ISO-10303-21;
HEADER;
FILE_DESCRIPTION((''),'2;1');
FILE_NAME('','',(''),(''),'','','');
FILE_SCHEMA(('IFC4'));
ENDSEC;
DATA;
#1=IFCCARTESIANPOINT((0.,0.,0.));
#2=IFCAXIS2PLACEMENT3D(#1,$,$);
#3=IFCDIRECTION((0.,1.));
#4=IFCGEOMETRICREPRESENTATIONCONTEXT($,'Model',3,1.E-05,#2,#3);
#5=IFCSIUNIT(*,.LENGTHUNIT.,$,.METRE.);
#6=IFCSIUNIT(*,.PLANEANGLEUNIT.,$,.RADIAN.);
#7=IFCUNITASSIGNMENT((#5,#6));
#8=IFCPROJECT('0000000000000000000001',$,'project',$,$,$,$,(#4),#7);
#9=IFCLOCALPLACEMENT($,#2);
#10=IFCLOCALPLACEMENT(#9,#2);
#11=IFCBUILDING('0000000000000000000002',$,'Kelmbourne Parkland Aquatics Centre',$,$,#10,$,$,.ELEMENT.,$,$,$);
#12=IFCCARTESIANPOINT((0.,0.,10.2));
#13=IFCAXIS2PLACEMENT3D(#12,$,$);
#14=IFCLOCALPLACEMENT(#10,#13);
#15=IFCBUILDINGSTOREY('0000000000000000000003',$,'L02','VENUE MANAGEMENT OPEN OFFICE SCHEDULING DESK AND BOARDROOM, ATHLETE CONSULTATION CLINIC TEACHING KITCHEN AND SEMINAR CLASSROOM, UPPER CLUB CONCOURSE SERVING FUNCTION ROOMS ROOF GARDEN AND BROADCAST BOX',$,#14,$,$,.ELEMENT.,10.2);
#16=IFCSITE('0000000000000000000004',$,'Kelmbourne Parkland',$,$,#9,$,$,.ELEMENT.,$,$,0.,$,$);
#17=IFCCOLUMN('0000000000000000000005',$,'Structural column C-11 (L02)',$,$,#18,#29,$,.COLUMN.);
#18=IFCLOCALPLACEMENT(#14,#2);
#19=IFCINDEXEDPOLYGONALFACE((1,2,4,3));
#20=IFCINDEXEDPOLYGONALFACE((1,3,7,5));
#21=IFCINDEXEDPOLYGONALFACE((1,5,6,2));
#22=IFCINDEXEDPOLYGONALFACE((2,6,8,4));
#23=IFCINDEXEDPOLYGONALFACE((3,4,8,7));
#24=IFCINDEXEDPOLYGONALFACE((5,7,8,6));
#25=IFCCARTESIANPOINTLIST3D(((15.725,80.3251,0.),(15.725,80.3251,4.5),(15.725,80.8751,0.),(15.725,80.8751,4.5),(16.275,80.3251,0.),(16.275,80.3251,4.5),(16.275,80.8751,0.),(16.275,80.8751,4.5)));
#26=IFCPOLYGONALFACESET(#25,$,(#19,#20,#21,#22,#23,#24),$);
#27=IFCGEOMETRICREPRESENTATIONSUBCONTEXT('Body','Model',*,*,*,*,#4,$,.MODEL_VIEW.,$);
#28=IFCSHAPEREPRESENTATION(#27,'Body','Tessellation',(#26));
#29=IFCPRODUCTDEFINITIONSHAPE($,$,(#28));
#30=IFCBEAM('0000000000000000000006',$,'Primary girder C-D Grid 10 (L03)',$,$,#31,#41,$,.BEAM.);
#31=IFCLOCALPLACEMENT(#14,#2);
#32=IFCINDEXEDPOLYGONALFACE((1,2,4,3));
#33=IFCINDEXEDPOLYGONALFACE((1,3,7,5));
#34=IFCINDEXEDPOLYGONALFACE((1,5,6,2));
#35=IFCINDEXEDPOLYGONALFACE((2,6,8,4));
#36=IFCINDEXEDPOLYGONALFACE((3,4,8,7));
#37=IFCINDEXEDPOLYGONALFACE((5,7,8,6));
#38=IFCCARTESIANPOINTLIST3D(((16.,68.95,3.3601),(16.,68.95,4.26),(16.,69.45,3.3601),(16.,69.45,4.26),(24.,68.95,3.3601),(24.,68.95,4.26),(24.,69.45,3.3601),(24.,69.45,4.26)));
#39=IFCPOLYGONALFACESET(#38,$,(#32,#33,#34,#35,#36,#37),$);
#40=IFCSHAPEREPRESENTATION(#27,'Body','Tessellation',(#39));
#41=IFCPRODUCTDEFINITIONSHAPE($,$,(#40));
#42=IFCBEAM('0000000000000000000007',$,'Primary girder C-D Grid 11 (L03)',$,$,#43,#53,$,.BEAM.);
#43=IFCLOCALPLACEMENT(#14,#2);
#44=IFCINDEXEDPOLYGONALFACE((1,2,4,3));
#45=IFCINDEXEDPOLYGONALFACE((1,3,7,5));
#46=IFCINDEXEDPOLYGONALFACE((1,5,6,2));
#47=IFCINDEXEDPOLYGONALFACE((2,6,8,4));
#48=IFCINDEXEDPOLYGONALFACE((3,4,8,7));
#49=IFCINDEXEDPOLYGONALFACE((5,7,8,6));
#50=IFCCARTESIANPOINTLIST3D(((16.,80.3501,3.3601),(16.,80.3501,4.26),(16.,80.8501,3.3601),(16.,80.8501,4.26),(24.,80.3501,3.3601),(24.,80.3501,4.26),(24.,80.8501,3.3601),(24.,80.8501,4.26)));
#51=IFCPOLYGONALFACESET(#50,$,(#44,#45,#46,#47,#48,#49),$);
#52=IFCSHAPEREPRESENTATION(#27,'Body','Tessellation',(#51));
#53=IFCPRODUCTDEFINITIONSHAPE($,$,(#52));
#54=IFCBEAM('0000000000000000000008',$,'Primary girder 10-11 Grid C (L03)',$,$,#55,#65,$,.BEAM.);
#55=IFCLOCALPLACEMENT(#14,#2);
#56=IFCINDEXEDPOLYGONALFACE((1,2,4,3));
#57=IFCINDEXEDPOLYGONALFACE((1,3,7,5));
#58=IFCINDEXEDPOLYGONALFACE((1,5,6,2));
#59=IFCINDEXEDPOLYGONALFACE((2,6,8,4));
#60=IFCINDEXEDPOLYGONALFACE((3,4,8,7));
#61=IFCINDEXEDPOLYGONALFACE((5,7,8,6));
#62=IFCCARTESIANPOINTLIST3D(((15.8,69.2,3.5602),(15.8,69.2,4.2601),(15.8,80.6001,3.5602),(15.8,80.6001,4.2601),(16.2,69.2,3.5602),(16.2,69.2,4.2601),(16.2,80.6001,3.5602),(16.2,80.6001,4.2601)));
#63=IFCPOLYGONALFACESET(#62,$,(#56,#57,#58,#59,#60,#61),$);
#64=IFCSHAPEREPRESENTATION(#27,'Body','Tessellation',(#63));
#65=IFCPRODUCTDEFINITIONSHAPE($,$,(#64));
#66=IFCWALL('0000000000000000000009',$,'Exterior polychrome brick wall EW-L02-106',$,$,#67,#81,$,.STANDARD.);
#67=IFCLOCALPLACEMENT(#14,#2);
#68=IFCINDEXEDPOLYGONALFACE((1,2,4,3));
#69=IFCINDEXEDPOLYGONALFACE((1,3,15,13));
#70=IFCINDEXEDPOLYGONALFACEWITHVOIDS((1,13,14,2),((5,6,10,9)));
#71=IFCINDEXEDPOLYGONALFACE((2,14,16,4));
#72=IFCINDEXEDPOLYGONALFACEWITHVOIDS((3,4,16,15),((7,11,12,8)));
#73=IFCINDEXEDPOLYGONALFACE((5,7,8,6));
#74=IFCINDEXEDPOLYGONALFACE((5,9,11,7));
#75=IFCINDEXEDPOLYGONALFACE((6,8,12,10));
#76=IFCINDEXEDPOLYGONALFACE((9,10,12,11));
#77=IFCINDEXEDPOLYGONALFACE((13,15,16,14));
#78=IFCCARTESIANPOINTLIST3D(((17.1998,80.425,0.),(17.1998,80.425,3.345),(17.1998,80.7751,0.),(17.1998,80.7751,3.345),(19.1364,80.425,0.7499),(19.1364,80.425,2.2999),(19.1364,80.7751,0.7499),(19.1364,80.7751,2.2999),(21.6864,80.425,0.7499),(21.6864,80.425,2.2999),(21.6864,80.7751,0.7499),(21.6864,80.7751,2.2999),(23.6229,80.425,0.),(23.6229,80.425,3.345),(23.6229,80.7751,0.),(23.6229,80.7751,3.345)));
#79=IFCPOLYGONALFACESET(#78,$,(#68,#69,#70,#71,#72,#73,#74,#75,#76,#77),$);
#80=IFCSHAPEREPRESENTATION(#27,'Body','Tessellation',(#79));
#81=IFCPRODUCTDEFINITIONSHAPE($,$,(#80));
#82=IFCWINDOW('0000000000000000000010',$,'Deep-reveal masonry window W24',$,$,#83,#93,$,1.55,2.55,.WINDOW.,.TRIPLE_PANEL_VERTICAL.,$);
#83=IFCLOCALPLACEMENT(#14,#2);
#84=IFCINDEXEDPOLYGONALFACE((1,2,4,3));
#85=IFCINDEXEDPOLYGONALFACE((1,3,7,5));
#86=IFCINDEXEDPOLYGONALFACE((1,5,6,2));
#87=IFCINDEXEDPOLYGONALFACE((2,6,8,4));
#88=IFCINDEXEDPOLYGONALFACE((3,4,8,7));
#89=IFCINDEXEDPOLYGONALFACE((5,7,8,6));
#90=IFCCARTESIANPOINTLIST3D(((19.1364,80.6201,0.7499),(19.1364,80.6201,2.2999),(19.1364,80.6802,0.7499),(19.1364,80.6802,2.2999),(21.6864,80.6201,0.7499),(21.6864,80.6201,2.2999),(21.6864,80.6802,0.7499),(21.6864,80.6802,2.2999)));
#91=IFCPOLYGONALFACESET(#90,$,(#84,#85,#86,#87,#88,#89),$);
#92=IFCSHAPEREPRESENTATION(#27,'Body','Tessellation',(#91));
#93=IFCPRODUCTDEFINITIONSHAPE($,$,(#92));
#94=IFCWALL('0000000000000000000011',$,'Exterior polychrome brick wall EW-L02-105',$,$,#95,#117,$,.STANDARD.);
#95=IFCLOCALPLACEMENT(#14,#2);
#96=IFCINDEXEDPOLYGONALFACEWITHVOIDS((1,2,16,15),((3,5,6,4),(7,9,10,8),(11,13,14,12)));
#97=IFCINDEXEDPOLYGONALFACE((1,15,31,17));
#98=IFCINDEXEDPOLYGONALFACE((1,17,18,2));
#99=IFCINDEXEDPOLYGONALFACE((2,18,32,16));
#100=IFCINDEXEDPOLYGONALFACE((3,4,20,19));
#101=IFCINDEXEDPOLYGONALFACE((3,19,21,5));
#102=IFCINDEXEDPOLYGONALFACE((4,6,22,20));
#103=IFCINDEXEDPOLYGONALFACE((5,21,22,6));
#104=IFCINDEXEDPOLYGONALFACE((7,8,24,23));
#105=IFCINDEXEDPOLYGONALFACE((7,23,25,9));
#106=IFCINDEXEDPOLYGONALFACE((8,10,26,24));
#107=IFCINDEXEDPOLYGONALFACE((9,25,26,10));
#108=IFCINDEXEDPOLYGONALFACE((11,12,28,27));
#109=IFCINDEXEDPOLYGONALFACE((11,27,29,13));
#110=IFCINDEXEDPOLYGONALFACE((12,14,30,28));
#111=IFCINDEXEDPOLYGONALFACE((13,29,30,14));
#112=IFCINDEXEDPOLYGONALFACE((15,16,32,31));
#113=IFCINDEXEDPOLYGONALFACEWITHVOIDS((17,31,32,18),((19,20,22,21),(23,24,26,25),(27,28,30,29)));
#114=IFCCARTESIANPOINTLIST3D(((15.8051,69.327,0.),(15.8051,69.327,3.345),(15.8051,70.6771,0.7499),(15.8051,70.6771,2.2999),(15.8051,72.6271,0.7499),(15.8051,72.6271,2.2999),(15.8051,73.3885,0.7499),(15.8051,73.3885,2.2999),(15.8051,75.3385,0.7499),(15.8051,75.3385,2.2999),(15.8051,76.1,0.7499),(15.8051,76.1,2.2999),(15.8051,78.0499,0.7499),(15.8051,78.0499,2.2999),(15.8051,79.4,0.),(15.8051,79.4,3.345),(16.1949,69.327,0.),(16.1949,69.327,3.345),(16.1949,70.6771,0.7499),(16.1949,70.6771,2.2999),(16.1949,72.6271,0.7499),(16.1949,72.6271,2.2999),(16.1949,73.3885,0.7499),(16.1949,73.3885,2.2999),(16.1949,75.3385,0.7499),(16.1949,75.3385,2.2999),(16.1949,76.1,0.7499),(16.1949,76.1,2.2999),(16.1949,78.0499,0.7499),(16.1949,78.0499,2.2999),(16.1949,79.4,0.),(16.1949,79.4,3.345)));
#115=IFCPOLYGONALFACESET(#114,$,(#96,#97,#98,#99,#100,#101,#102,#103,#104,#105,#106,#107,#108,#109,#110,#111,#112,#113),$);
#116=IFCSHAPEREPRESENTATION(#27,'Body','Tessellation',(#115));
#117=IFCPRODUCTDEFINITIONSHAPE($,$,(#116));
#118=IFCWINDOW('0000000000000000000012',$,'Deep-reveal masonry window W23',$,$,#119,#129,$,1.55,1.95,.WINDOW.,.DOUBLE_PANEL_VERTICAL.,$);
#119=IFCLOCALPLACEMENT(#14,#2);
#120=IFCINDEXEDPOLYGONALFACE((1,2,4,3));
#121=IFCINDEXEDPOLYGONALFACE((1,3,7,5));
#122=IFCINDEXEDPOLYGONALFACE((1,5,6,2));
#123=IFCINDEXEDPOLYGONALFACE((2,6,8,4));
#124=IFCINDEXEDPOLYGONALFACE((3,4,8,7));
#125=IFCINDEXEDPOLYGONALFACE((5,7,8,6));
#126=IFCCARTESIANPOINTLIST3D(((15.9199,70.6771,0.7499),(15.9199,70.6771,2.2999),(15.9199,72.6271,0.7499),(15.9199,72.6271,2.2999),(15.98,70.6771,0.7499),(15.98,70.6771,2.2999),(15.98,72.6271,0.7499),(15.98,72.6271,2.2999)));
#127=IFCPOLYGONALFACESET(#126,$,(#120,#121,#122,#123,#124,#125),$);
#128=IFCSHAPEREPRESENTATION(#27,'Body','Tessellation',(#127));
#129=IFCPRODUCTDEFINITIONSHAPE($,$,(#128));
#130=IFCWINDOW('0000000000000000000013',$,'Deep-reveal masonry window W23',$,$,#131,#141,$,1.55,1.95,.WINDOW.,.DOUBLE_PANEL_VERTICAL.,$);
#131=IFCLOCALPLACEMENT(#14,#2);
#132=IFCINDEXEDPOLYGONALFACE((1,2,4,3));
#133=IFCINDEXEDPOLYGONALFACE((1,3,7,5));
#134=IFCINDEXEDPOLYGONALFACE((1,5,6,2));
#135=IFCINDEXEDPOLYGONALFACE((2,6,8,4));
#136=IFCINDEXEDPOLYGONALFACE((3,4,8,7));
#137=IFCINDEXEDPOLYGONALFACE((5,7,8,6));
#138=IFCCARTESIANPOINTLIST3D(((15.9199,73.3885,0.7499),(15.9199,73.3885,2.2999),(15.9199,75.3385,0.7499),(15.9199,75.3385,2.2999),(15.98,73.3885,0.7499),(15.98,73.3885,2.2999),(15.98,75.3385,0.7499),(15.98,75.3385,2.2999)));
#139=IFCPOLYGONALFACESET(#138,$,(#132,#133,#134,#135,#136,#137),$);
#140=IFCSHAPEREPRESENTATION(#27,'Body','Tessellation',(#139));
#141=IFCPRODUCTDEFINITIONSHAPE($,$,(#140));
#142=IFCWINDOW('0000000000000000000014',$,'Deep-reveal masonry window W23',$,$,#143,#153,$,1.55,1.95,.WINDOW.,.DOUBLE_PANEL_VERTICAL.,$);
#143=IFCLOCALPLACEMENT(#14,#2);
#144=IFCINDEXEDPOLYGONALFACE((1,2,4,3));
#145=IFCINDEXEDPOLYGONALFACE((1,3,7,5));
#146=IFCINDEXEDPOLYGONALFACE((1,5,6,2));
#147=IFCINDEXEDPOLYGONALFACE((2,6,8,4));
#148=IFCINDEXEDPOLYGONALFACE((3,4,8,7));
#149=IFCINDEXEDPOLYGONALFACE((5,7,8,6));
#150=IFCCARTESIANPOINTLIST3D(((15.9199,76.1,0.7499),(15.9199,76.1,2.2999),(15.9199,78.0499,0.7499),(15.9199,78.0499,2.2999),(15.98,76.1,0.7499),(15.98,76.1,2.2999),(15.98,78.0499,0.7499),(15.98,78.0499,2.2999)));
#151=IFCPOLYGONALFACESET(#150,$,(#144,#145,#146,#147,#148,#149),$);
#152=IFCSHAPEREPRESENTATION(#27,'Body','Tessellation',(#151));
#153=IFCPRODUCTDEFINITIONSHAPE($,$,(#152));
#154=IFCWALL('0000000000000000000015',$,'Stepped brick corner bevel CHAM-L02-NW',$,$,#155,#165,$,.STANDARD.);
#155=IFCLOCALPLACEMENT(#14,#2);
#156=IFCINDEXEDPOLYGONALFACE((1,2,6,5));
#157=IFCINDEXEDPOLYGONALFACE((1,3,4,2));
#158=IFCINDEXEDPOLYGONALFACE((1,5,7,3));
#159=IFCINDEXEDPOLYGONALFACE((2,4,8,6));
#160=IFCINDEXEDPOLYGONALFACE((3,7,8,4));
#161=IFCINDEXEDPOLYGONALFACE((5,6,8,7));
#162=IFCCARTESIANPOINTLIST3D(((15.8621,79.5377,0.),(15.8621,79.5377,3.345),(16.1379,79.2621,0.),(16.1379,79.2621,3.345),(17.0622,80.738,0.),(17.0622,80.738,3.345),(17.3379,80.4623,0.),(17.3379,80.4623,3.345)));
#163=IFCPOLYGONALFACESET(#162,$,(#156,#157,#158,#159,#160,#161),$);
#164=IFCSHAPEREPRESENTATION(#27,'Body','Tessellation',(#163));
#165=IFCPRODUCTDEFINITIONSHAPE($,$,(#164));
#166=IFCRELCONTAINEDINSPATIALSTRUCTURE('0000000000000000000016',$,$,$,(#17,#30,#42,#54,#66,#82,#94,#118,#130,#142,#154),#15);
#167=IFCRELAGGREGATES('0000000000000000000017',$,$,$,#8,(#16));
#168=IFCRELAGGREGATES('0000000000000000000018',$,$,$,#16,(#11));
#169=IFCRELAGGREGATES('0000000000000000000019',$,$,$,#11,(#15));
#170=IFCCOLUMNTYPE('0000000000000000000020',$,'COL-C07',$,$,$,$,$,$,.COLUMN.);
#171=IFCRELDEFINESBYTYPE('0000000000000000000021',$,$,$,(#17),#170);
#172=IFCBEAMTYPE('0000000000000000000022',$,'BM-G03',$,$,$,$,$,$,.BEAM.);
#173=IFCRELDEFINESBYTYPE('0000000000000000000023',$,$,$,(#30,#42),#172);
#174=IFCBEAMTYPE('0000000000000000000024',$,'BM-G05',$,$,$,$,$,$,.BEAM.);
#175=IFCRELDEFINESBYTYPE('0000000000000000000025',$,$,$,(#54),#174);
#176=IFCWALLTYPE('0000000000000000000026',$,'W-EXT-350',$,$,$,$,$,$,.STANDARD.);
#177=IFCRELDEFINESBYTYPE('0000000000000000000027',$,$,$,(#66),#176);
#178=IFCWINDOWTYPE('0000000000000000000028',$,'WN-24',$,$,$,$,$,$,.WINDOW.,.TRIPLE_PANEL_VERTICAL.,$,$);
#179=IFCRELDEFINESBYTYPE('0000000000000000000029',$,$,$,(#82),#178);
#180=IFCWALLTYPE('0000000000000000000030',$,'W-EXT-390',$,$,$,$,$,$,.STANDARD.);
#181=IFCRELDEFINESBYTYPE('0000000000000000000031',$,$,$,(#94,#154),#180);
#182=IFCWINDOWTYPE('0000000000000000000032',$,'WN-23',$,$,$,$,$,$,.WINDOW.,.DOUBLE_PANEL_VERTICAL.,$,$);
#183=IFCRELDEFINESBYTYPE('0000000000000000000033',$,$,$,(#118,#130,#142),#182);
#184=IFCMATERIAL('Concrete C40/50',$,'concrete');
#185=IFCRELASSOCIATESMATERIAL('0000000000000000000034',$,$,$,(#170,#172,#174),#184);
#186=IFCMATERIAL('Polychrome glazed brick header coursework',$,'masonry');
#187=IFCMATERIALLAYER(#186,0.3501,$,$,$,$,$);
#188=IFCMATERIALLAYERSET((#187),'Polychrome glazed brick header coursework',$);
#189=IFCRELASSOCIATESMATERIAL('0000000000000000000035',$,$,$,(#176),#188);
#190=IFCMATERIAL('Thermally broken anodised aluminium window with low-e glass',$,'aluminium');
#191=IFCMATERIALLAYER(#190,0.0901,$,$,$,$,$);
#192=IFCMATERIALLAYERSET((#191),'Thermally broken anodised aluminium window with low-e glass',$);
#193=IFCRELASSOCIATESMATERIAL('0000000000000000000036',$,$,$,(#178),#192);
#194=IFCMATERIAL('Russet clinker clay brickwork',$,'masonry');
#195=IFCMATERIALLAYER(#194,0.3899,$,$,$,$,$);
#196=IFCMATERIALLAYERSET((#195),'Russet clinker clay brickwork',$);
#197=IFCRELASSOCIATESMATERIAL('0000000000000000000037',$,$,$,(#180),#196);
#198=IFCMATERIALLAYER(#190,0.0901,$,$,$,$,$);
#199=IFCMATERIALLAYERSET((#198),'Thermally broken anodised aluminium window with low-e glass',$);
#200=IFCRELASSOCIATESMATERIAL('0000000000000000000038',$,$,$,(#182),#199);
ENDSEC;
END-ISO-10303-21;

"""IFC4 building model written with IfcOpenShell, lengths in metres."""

from ifc_helpers import new_model, si_unit, direction, frame, frame_2d, origin, origin_2d, place, context, subcontext, project, spatial, rectangle, extrude, material, layer, layer_set, material_profile, profile_set, type_object, element, fill, save


model = new_model("IFC4")

# Units and contexts
model_context = context("Model", 3, precision=1e-05, world=origin(), true_north=direction((0.0, 1.0)))
body_context = subcontext(model_context, "Body", "Model", "MODEL_VIEW")
ifc_project = project(units=[si_unit("LENGTHUNIT", "METRE"), si_unit("PLANEANGLEUNIT", "RADIAN")], contexts=[model_context])

# Site, building, storey
site_placement = place(None, origin())
site = spatial("IfcSite", under=ifc_project, at=site_placement, Name="Kelmbourne Parkland", CompositionType="ELEMENT", RefElevation=0.0)
building_placement = place(site_placement, origin())
building = spatial("IfcBuilding", under=site, at=building_placement, Name="Kelmbourne Parkland Aquatics Centre", CompositionType="ELEMENT")
storey_placement = place(building_placement, frame((0.0, 0.0, 10.2)))
storey = spatial("IfcBuildingStorey", under=building, at=storey_placement, Name="L02", Description="VENUE MANAGEMENT OPEN OFFICE SCHEDULING DESK AND BOARDROOM, ATHLETE CONSULTATION CLINIC TEACHING KITCHEN AND SEMINAR CLASSROOM, UPPER CLUB CONCOURSE SERVING FUNCTION ROOMS ROOF GARDEN AND BROADCAST BOX", CompositionType="ELEMENT", Elevation=10.2)

# Column
ifc_material_1 = material(Name="Concrete C40/50", Category="concrete")
ifc_material_profile_1 = material_profile(ifc_material_1, rectangle(XDim=0.55, YDim=0.55, at=origin_2d()), Name="RC 550x550")
ifc_profile_set_1 = profile_set([ifc_material_profile_1], Name="Concrete C40/50")
column_type = type_object("IfcColumnType", Name="COL-C07", PredefinedType="COLUMN", material=ifc_profile_set_1)
column_placement = place(storey_placement, frame((16.0, 80.6001, 0.0), z_axis=(0.0, 0.0, 1.0), x_axis=(1.0, 0.0, 0.0)))
element("IfcColumn", 1, at=column_placement, inside=storey, type_object=column_type, Name="Structural column C-11 (L02)", PredefinedType="COLUMN", context=body_context, shape_type="SweptSolid", body=[
    extrude(rectangle(XDim=0.55, YDim=0.55, at=origin_2d()), origin(), (0.0, 0.0, 1.0), 4.5),
])

# Beams
ifc_material_profile_2 = material_profile(ifc_material_1, rectangle(XDim=0.5, YDim=0.8999, at=origin_2d()), Name="RC 500x900")
ifc_profile_set_2 = profile_set([ifc_material_profile_2], Name="Concrete C40/50")
beam_type_1 = type_object("IfcBeamType", Name="BM-G03", PredefinedType="BEAM", material=ifc_profile_set_2)
for number, where, z_axis, x_axis, name in (
    (2, (16.0, 69.2, 3.8101), (1.0, 0.0, 0.0), (0.0, 1.0, 0.0), "Primary girder C-D Grid 10 (L03)"),
    (3, (16.0, 80.6001, 3.8101), (1.0, 0.0, 0.0), (0.0, 1.0, 0.0), "Primary girder C-D Grid 11 (L03)"),
):
    element("IfcBeam", number, at=place(storey_placement, frame(where, z_axis=z_axis, x_axis=x_axis)), inside=storey, type_object=beam_type_1, Name=name, PredefinedType="BEAM", context=body_context, shape_type="SweptSolid", body=[
        extrude(rectangle(XDim=0.5, YDim=0.8999, at=origin_2d()), origin(), (0.0, 0.0, 1.0), 8.0),
    ])
ifc_material_profile_3 = material_profile(ifc_material_1, rectangle(XDim=0.3999, YDim=0.7, at=origin_2d()), Name="RC 400x700")
ifc_profile_set_3 = profile_set([ifc_material_profile_3], Name="Concrete C40/50")
beam_type_2 = type_object("IfcBeamType", Name="BM-G05", PredefinedType="BEAM", material=ifc_profile_set_3)
beam_placement = place(storey_placement, frame((16.0, 69.2, 3.9102), z_axis=(0.0, 1.0, 0.0), x_axis=(-1.0, 0.0, 0.0)))
element("IfcBeam", 4, at=beam_placement, inside=storey, type_object=beam_type_2, Name="Primary girder 10-11 Grid C (L03)", PredefinedType="BEAM", context=body_context, shape_type="SweptSolid", body=[
    extrude(rectangle(XDim=0.3999, YDim=0.7, at=origin_2d()), origin(), (0.0, 0.0, 1.0), 11.4001),
])

# Wall, opening, window
ifc_material_2 = material(Name="Polychrome glazed brick header coursework", Category="masonry")
ifc_layer_1 = layer(ifc_material_2, 0.3501)
ifc_layer_set_1 = layer_set([ifc_layer_1], Name="Polychrome glazed brick header coursework")
wall_type_1 = type_object("IfcWallType", Name="W-EXT-350", PredefinedType="STANDARD", material=ifc_layer_set_1)
wall_1_placement = place(storey_placement, frame((17.2, 80.6001, 0.0), z_axis=(0.0, 0.0, 1.0), x_axis=(1.0, 0.0, 0.0)))
wall_1 = element("IfcWall", 5, at=wall_1_placement, inside=storey, type_object=wall_type_1, Name="Exterior polychrome brick wall EW-L02-106", PredefinedType="STANDARD", context=body_context, shape_type="SweptSolid", body=[
    extrude(rectangle(XDim=6.4231, YDim=0.3501, at=frame_2d((3.2114, 0.0))), origin(), (0.0, 0.0, 1.0), 3.345),
])
opening_1_placement = place(wall_1_placement, frame((1.9365, 0.0, 0.75)))
opening_1 = element("IfcOpeningElement", 6, at=opening_1_placement, cuts=wall_1, PredefinedType="OPENING", context=body_context, shape_type="SweptSolid", body=[
    extrude(rectangle(XDim=2.55, YDim=1.55, at=frame_2d((1.2749, 0.7749))), frame((0.0, 0.187, 0.0), z_axis=(0.0, -1.0, 0.0), x_axis=(1.0, 0.0, 0.0)), (0.0, 0.0, 1.0), 0.374),
])
ifc_material_3 = material(Name="Thermally broken anodised aluminium window with low-e glass", Category="aluminium")
ifc_layer_2 = layer(ifc_material_3, 0.0901)
ifc_layer_set_2 = layer_set([ifc_layer_2], Name="Thermally broken anodised aluminium window with low-e glass")
window_type_1 = type_object("IfcWindowType", Name="WN-24", PartitioningType="TRIPLE_PANEL_VERTICAL", PredefinedType="WINDOW", material=ifc_layer_set_2)
window_1_placement = place(opening_1_placement, origin())
window_1 = element("IfcWindow", 7, at=window_1_placement, inside=storey, type_object=window_type_1, Name="Deep-reveal masonry window W24", OverallHeight=1.55, OverallWidth=2.55, PartitioningType="TRIPLE_PANEL_VERTICAL", PredefinedType="WINDOW", context=body_context, shape_type="SweptSolid", body=[
    extrude(rectangle(XDim=2.55, YDim=1.55, at=frame_2d((1.2749, 0.7749))), frame((0.0, 0.0801, 0.0), z_axis=(0.0, -1.0, 0.0), x_axis=(1.0, 0.0, 0.0)), (0.0, 0.0, 1.0), 0.0601),
])
fill(opening_1, window_1)

# Wall, openings, windows
ifc_material_4 = material(Name="Russet clinker clay brickwork", Category="masonry")
ifc_layer_3 = layer(ifc_material_4, 0.3899)
ifc_layer_set_3 = layer_set([ifc_layer_3], Name="Russet clinker clay brickwork")
wall_type_2 = type_object("IfcWallType", Name="W-EXT-390", PredefinedType="STANDARD", material=ifc_layer_set_3)
wall_2_placement = place(storey_placement, frame((16.0, 69.3269, 0.0), z_axis=(0.0, 0.0, 1.0), x_axis=(0.0, 1.0, 0.0)))
wall_2 = element("IfcWall", 8, at=wall_2_placement, inside=storey, type_object=wall_type_2, Name="Exterior polychrome brick wall EW-L02-105", PredefinedType="STANDARD", context=body_context, shape_type="SweptSolid", body=[
    extrude(rectangle(XDim=10.073, YDim=0.3899, at=frame_2d((5.0366, 0.0))), origin(), (0.0, 0.0, 1.0), 3.345),
])
opening_2_placement = place(wall_2_placement, frame((1.3501, 0.0, 0.75)))
opening_2 = element("IfcOpeningElement", 9, at=opening_2_placement, cuts=wall_2, PredefinedType="OPENING", context=body_context, shape_type="SweptSolid", body=[
    extrude(rectangle(XDim=1.95, YDim=1.55, at=frame_2d((0.9751, 0.7749))), frame((0.0, 0.207, 0.0), z_axis=(0.0, -1.0, 0.0), x_axis=(1.0, 0.0, 0.0)), (0.0, 0.0, 1.0), 0.4138),
])
opening_3_placement = place(wall_2_placement, frame((4.0615, 0.0, 0.75)))
opening_3 = element("IfcOpeningElement", 10, at=opening_3_placement, cuts=wall_2, PredefinedType="OPENING", context=body_context, shape_type="SweptSolid", body=[
    extrude(rectangle(XDim=1.95, YDim=1.55, at=frame_2d((0.9751, 0.7749))), frame((0.0, 0.207, 0.0), z_axis=(0.0, -1.0, 0.0), x_axis=(1.0, 0.0, 0.0)), (0.0, 0.0, 1.0), 0.4138),
])
opening_4_placement = place(wall_2_placement, frame((6.7729, 0.0, 0.75)))
opening_4 = element("IfcOpeningElement", 11, at=opening_4_placement, cuts=wall_2, PredefinedType="OPENING", context=body_context, shape_type="SweptSolid", body=[
    extrude(rectangle(XDim=1.95, YDim=1.55, at=frame_2d((0.9751, 0.7749))), frame((0.0, 0.207, 0.0), z_axis=(0.0, -1.0, 0.0), x_axis=(1.0, 0.0, 0.0)), (0.0, 0.0, 1.0), 0.4138),
])
ifc_layer_4 = layer(ifc_material_3, 0.0901)
ifc_layer_set_4 = layer_set([ifc_layer_4], Name="Thermally broken anodised aluminium window with low-e glass")
window_type_2 = type_object("IfcWindowType", Name="WN-23", PartitioningType="DOUBLE_PANEL_VERTICAL", PredefinedType="WINDOW", material=ifc_layer_set_4)
window_2_placement = place(opening_2_placement, origin())
window_2 = element("IfcWindow", 12, at=window_2_placement, inside=storey, type_object=window_type_2, Name="Deep-reveal masonry window W23", OverallHeight=1.55, OverallWidth=1.95, PartitioningType="DOUBLE_PANEL_VERTICAL", PredefinedType="WINDOW", context=body_context, shape_type="SweptSolid", body=[
    extrude(rectangle(XDim=1.95, YDim=1.55, at=frame_2d((0.9751, 0.7749))), frame((0.0, 0.0801, 0.0), z_axis=(0.0, -1.0, 0.0), x_axis=(1.0, 0.0, 0.0)), (0.0, 0.0, 1.0), 0.0601),
])
fill(opening_2, window_2)
window_3_placement = place(opening_3_placement, origin())
window_3 = element("IfcWindow", 13, at=window_3_placement, inside=storey, type_object=window_type_2, Name="Deep-reveal masonry window W23", OverallHeight=1.55, OverallWidth=1.95, PartitioningType="DOUBLE_PANEL_VERTICAL", PredefinedType="WINDOW", context=body_context, shape_type="SweptSolid", body=[
    extrude(rectangle(XDim=1.95, YDim=1.55, at=frame_2d((0.9751, 0.7749))), frame((0.0, 0.0801, 0.0), z_axis=(0.0, -1.0, 0.0), x_axis=(1.0, 0.0, 0.0)), (0.0, 0.0, 1.0), 0.0601),
])
fill(opening_3, window_3)
window_4_placement = place(opening_4_placement, origin())
window_4 = element("IfcWindow", 14, at=window_4_placement, inside=storey, type_object=window_type_2, Name="Deep-reveal masonry window W23", OverallHeight=1.55, OverallWidth=1.95, PartitioningType="DOUBLE_PANEL_VERTICAL", PredefinedType="WINDOW", context=body_context, shape_type="SweptSolid", body=[
    extrude(rectangle(XDim=1.95, YDim=1.55, at=frame_2d((0.9751, 0.7749))), frame((0.0, 0.0801, 0.0), z_axis=(0.0, -1.0, 0.0), x_axis=(1.0, 0.0, 0.0)), (0.0, 0.0, 1.0), 0.0601),
])
fill(opening_4, window_4)

# Wall
wall_3_placement = place(storey_placement, frame((16.0, 79.3999, 0.0), z_axis=(0.0, 0.0, 1.0), x_axis=(0.707035, 0.707179, 0.0)))
element("IfcWall", 15, at=wall_3_placement, inside=storey, type_object=wall_type_2, Name="Stepped brick corner bevel CHAM-L02-NW", PredefinedType="STANDARD", context=body_context, shape_type="SweptSolid", body=[
    extrude(rectangle(XDim=1.6973, YDim=0.3899, at=frame_2d((0.8486, 0.0))), origin(), (0.0, 0.0, 1.0), 3.345),
])

save(model, "model.ifc")
